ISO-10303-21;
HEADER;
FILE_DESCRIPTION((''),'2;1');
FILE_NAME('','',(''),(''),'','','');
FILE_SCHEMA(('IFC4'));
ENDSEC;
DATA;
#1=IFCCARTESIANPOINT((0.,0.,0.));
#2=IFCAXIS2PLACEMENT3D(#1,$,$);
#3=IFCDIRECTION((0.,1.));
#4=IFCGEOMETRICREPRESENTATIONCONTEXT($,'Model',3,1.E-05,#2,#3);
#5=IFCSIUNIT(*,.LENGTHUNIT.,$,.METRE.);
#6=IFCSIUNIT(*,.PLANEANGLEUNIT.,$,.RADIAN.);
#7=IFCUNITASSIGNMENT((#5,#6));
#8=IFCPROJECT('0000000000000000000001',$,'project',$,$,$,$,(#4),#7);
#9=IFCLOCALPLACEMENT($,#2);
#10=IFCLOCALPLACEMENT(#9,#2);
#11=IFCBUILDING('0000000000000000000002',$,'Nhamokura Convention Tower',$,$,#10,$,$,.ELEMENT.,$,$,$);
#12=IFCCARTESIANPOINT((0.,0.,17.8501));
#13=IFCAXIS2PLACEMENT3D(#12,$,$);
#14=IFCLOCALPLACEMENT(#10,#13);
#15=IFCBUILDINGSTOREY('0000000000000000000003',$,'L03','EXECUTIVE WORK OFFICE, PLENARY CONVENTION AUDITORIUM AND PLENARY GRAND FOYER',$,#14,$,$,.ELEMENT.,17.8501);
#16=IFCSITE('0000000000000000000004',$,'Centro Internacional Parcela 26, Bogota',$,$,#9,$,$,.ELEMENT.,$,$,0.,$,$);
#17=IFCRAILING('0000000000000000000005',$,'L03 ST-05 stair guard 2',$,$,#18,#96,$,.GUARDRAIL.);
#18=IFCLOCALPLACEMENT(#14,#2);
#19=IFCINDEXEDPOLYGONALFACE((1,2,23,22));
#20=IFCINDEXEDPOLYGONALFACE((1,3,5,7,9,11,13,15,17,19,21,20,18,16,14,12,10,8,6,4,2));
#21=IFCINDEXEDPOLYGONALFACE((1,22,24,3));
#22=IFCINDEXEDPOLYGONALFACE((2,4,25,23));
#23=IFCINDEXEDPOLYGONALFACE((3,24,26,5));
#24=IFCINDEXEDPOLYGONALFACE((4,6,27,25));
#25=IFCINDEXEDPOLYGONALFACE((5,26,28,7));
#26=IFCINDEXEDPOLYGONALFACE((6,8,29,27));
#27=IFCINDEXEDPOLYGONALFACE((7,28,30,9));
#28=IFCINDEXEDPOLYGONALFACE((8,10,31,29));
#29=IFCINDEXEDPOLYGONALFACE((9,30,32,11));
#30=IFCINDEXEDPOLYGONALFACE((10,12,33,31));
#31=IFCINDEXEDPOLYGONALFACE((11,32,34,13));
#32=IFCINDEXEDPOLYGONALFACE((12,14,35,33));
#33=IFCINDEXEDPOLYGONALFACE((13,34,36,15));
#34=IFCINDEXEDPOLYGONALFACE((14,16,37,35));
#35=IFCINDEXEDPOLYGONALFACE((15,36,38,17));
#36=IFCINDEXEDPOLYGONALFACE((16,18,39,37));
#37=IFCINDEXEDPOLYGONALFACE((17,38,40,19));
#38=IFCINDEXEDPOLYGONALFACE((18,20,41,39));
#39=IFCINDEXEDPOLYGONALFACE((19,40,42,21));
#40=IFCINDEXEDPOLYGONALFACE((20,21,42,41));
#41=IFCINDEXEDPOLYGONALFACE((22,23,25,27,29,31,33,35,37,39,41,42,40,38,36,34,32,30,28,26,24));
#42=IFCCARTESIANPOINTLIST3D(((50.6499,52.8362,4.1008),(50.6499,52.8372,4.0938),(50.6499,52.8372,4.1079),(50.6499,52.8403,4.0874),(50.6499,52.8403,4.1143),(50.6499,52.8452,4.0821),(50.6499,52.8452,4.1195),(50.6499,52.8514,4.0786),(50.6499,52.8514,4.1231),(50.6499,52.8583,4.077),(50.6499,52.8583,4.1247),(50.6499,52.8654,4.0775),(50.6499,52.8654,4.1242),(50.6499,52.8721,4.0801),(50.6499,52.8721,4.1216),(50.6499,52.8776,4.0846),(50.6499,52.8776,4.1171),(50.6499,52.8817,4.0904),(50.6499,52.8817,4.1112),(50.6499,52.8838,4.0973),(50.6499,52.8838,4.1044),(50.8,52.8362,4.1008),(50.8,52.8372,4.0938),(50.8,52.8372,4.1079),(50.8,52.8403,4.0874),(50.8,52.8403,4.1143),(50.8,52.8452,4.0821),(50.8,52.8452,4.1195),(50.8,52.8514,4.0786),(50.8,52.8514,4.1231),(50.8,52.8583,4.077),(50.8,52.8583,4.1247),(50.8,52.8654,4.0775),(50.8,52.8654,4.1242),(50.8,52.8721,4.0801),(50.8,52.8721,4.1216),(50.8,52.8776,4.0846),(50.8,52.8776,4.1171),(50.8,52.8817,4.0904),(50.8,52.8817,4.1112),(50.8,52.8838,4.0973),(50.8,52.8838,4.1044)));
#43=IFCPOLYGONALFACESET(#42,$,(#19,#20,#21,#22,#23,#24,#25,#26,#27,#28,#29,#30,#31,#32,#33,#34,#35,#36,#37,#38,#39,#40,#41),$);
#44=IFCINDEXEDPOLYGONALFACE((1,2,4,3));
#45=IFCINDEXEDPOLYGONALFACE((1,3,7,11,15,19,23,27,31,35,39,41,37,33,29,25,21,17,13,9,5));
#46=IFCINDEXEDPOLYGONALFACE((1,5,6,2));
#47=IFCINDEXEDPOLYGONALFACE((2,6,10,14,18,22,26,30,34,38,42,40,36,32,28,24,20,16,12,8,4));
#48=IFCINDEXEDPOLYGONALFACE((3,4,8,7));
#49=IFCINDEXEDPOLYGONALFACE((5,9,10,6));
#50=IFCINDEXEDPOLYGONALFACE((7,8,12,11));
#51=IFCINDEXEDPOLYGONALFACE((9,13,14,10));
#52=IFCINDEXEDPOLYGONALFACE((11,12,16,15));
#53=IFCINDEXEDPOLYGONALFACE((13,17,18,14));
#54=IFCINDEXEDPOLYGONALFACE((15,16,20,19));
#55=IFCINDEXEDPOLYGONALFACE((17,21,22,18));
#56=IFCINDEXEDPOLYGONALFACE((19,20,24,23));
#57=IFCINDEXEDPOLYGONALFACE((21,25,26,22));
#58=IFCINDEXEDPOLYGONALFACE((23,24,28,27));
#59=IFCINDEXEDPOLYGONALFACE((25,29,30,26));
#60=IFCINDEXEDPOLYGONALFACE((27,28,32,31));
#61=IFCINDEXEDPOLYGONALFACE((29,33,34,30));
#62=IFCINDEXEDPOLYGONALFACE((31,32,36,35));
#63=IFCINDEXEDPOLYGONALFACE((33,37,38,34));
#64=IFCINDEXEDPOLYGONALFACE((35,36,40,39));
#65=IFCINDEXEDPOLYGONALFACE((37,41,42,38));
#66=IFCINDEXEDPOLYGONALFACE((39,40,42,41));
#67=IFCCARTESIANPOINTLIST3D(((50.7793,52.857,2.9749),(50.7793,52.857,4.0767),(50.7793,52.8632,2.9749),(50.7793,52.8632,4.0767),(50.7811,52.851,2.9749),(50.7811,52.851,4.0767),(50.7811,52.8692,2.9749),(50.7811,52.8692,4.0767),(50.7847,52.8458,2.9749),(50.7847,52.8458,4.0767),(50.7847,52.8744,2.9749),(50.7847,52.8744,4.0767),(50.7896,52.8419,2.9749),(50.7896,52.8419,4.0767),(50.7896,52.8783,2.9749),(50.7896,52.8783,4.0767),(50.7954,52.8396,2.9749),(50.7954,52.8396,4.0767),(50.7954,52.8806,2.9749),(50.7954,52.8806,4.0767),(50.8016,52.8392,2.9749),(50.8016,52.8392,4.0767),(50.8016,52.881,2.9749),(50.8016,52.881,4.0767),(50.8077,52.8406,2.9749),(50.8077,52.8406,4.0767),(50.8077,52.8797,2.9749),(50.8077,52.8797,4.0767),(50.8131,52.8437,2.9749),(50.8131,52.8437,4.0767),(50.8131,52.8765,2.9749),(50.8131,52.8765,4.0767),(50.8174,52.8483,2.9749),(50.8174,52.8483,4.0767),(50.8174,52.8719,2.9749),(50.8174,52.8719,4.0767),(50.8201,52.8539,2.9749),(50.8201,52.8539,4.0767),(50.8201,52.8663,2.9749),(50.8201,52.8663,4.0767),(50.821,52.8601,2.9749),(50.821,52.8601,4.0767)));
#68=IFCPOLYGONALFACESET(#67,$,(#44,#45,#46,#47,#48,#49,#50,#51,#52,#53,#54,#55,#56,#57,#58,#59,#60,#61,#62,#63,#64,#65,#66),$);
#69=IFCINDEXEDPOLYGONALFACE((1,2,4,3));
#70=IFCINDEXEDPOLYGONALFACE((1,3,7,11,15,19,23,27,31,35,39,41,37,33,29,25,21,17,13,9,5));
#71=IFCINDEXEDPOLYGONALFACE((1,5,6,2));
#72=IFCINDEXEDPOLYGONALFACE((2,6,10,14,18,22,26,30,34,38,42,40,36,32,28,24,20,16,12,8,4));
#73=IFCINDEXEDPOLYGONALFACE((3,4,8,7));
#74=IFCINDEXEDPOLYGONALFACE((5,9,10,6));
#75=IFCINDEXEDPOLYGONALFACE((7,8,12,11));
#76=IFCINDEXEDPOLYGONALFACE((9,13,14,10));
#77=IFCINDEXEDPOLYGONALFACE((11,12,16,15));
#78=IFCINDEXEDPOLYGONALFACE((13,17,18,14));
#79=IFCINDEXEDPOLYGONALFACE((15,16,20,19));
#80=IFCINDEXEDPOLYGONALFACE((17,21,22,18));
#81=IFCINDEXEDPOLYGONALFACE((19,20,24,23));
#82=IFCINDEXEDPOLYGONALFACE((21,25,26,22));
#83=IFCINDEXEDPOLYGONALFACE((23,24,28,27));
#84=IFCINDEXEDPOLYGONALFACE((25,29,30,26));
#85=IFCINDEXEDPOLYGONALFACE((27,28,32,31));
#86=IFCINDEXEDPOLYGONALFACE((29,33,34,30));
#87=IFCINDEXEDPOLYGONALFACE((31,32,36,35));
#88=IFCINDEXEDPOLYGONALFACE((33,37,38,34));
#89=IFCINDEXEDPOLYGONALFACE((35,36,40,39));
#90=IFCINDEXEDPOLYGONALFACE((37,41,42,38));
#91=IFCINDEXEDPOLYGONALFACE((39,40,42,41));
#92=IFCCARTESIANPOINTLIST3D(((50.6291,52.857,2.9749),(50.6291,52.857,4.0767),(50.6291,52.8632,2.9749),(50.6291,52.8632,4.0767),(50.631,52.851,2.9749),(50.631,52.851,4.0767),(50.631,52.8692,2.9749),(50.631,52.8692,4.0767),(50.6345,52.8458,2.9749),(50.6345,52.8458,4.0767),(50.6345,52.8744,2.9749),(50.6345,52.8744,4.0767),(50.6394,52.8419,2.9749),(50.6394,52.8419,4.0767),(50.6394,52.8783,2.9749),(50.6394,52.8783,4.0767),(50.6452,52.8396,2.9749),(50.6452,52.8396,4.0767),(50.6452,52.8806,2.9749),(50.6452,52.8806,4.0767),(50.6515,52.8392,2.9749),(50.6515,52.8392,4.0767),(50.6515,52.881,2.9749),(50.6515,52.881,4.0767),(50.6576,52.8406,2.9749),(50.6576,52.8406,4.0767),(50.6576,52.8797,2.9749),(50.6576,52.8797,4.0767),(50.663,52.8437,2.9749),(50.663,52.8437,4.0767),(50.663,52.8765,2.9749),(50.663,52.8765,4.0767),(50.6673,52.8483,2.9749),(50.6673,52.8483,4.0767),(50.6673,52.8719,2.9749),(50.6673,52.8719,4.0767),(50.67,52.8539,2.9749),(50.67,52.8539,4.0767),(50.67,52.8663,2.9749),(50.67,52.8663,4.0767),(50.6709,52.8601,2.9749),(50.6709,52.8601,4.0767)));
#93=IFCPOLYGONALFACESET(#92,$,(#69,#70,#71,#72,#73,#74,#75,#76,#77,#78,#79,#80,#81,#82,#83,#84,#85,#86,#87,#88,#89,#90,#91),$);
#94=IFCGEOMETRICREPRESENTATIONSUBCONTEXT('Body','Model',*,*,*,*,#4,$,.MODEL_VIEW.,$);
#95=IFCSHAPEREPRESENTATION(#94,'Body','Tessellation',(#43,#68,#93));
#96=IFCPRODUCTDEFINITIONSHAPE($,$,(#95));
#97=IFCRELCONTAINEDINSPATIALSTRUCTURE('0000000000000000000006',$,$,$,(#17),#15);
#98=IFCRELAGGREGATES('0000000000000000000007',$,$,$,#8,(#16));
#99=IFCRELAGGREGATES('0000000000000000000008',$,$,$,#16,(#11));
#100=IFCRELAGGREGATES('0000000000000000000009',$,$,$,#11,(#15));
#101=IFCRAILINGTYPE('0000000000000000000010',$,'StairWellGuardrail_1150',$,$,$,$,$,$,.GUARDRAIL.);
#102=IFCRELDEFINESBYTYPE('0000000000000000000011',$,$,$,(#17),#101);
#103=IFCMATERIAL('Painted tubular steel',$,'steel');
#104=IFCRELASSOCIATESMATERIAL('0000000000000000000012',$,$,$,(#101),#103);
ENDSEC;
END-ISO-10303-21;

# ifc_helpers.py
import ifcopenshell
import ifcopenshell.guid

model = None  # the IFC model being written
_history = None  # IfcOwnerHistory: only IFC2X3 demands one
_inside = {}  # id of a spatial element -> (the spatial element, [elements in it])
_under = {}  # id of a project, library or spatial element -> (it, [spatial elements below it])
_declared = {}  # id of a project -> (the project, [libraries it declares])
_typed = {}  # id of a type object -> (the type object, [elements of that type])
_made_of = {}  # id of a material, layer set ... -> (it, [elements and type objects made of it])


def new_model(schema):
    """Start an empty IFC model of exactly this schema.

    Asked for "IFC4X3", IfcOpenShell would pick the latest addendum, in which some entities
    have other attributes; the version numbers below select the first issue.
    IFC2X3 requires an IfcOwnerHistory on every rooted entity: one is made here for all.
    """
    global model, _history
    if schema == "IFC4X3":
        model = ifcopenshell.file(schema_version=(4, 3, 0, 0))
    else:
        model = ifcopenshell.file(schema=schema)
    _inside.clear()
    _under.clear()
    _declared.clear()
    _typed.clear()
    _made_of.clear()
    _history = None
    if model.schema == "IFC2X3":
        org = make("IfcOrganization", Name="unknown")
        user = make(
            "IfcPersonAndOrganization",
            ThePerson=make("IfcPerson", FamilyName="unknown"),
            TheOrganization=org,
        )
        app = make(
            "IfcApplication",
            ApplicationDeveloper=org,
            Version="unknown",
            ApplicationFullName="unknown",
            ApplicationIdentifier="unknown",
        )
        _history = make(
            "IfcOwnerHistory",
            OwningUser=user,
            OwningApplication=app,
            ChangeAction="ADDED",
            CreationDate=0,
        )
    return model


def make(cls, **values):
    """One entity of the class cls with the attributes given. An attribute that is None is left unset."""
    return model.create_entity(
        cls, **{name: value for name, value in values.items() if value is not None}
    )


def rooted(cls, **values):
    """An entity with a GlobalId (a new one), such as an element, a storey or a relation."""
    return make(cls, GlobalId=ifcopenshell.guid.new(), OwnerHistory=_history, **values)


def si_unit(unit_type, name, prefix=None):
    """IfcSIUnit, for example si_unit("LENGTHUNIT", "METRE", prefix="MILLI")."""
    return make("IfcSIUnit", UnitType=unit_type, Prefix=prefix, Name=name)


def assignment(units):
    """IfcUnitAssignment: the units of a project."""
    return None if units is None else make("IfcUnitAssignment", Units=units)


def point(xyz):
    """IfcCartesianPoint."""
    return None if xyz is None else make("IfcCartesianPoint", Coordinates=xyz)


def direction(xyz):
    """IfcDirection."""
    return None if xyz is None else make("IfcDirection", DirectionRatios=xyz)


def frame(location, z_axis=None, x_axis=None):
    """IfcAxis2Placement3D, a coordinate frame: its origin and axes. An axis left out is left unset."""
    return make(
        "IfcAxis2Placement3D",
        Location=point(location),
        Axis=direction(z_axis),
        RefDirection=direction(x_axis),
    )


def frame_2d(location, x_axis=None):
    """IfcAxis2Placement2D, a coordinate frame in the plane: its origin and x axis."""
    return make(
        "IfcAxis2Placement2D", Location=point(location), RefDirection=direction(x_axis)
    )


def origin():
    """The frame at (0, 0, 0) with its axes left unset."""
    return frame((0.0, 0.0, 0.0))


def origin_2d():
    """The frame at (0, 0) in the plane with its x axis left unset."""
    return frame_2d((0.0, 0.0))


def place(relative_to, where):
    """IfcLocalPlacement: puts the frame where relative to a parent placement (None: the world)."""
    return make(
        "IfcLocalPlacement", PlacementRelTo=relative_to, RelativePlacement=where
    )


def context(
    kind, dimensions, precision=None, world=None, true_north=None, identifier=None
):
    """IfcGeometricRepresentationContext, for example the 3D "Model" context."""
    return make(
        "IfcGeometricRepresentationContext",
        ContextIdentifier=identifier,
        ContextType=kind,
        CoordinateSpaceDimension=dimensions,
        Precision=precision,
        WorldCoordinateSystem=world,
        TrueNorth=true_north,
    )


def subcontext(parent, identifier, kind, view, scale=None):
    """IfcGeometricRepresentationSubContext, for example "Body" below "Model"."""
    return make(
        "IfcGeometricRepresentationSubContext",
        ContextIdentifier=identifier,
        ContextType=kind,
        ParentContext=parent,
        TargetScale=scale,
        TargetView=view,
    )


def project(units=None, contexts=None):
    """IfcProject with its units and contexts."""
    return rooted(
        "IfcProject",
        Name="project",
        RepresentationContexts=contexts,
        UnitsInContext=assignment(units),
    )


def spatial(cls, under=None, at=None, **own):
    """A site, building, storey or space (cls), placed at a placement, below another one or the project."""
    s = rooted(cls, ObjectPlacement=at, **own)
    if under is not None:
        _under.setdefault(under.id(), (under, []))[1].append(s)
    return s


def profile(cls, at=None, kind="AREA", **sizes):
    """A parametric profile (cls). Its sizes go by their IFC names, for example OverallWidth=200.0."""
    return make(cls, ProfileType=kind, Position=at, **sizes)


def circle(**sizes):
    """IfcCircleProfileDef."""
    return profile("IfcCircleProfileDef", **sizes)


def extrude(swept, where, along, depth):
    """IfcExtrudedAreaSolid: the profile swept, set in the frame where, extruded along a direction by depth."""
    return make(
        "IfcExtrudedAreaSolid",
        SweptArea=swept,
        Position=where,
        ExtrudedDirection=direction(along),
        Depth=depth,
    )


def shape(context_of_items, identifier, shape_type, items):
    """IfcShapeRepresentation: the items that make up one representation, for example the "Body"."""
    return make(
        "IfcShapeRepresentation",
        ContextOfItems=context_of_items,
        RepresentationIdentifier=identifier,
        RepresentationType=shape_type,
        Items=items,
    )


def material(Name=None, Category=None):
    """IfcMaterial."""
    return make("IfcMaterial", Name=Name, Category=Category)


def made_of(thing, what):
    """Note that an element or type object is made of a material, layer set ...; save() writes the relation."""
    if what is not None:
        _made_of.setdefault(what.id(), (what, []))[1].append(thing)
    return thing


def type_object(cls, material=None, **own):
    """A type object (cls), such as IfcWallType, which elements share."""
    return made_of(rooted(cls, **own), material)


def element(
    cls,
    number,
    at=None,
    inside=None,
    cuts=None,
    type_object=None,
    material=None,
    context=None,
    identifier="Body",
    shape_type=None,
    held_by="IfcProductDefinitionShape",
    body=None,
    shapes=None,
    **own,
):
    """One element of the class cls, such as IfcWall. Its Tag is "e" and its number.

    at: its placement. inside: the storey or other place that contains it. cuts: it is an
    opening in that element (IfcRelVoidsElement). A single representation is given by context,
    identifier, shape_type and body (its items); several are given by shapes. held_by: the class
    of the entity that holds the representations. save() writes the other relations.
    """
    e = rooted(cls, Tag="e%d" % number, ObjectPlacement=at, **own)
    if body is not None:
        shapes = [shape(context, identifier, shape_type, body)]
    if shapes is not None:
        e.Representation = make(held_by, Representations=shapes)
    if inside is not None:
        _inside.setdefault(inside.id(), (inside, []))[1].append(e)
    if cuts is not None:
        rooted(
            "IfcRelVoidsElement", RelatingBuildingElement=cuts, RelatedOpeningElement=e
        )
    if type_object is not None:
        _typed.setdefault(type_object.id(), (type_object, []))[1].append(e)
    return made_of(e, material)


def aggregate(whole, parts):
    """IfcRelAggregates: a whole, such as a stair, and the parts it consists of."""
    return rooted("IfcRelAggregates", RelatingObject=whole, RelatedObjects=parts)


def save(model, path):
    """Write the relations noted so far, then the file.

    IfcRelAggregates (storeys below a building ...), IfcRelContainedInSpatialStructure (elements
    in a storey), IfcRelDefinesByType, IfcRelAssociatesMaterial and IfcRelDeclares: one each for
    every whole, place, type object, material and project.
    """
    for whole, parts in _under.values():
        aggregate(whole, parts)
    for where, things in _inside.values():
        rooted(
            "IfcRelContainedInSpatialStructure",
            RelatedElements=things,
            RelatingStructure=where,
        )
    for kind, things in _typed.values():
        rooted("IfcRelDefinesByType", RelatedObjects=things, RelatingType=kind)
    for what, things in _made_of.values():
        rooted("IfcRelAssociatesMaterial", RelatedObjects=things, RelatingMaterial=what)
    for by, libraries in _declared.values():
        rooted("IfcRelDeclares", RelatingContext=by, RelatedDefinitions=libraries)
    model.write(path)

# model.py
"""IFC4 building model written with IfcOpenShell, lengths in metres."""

from ifc_helpers import new_model, si_unit, direction, frame, origin, origin_2d, place, context, subcontext, project, spatial, circle, extrude, material, type_object, element, save


model = new_model("IFC4")

# Units and contexts
model_context = context("Model", 3, precision=1e-05, world=origin(), true_north=direction((0.0, 1.0)))
body_context = subcontext(model_context, "Body", "Model", "MODEL_VIEW")
ifc_project = project(units=[si_unit("LENGTHUNIT", "METRE"), si_unit("PLANEANGLEUNIT", "RADIAN")], contexts=[model_context])

# Site, building, storey
site_placement = place(None, origin())
site = spatial("IfcSite", under=ifc_project, at=site_placement, Name="Centro Internacional Parcela 26, Bogota", CompositionType="ELEMENT", RefElevation=0.0)
building_placement = place(site_placement, origin())
building = spatial("IfcBuilding", under=site, at=building_placement, Name="Nhamokura Convention Tower", CompositionType="ELEMENT")
storey_placement = place(building_placement, frame((0.0, 0.0, 17.8501)))
storey = spatial("IfcBuildingStorey", under=building, at=storey_placement, Name="L03", Description="EXECUTIVE WORK OFFICE, PLENARY CONVENTION AUDITORIUM AND PLENARY GRAND FOYER", CompositionType="ELEMENT", Elevation=17.8501)

# Railing
ifc_material_1 = material(Name="Painted tubular steel", Category="steel")
railing_type_1 = type_object("IfcRailingType", Name="StairWellGuardrail_1150", PredefinedType="GUARDRAIL", material=ifc_material_1)
railing_1_placement = place(storey_placement, frame((50.8, 52.8601, 2.9749)))
element("IfcRailing", 1, at=railing_1_placement, inside=storey, type_object=railing_type_1, Name="L03 ST-05 stair guard 2", PredefinedType="GUARDRAIL", context=body_context, shape_type="SweptSolid", body=[
    extrude(circle(Radius=0.0239, at=origin_2d()), frame((0.0, 0.0, 1.126), z_axis=(-1.0, 0.0, 0.0), x_axis=(0.0, -1.0, 0.0)), (0.0, 0.0, 1.0), 0.1501),
    extrude(circle(Radius=0.021, at=origin_2d()), origin(), (0.0, 0.0, 1.0), 1.1018),
    extrude(circle(Radius=0.021, at=origin_2d()), frame((-0.1501, 0.0, 0.0)), (0.0, 0.0, 1.0), 1.1018),
])

save(model, "model.ifc")
